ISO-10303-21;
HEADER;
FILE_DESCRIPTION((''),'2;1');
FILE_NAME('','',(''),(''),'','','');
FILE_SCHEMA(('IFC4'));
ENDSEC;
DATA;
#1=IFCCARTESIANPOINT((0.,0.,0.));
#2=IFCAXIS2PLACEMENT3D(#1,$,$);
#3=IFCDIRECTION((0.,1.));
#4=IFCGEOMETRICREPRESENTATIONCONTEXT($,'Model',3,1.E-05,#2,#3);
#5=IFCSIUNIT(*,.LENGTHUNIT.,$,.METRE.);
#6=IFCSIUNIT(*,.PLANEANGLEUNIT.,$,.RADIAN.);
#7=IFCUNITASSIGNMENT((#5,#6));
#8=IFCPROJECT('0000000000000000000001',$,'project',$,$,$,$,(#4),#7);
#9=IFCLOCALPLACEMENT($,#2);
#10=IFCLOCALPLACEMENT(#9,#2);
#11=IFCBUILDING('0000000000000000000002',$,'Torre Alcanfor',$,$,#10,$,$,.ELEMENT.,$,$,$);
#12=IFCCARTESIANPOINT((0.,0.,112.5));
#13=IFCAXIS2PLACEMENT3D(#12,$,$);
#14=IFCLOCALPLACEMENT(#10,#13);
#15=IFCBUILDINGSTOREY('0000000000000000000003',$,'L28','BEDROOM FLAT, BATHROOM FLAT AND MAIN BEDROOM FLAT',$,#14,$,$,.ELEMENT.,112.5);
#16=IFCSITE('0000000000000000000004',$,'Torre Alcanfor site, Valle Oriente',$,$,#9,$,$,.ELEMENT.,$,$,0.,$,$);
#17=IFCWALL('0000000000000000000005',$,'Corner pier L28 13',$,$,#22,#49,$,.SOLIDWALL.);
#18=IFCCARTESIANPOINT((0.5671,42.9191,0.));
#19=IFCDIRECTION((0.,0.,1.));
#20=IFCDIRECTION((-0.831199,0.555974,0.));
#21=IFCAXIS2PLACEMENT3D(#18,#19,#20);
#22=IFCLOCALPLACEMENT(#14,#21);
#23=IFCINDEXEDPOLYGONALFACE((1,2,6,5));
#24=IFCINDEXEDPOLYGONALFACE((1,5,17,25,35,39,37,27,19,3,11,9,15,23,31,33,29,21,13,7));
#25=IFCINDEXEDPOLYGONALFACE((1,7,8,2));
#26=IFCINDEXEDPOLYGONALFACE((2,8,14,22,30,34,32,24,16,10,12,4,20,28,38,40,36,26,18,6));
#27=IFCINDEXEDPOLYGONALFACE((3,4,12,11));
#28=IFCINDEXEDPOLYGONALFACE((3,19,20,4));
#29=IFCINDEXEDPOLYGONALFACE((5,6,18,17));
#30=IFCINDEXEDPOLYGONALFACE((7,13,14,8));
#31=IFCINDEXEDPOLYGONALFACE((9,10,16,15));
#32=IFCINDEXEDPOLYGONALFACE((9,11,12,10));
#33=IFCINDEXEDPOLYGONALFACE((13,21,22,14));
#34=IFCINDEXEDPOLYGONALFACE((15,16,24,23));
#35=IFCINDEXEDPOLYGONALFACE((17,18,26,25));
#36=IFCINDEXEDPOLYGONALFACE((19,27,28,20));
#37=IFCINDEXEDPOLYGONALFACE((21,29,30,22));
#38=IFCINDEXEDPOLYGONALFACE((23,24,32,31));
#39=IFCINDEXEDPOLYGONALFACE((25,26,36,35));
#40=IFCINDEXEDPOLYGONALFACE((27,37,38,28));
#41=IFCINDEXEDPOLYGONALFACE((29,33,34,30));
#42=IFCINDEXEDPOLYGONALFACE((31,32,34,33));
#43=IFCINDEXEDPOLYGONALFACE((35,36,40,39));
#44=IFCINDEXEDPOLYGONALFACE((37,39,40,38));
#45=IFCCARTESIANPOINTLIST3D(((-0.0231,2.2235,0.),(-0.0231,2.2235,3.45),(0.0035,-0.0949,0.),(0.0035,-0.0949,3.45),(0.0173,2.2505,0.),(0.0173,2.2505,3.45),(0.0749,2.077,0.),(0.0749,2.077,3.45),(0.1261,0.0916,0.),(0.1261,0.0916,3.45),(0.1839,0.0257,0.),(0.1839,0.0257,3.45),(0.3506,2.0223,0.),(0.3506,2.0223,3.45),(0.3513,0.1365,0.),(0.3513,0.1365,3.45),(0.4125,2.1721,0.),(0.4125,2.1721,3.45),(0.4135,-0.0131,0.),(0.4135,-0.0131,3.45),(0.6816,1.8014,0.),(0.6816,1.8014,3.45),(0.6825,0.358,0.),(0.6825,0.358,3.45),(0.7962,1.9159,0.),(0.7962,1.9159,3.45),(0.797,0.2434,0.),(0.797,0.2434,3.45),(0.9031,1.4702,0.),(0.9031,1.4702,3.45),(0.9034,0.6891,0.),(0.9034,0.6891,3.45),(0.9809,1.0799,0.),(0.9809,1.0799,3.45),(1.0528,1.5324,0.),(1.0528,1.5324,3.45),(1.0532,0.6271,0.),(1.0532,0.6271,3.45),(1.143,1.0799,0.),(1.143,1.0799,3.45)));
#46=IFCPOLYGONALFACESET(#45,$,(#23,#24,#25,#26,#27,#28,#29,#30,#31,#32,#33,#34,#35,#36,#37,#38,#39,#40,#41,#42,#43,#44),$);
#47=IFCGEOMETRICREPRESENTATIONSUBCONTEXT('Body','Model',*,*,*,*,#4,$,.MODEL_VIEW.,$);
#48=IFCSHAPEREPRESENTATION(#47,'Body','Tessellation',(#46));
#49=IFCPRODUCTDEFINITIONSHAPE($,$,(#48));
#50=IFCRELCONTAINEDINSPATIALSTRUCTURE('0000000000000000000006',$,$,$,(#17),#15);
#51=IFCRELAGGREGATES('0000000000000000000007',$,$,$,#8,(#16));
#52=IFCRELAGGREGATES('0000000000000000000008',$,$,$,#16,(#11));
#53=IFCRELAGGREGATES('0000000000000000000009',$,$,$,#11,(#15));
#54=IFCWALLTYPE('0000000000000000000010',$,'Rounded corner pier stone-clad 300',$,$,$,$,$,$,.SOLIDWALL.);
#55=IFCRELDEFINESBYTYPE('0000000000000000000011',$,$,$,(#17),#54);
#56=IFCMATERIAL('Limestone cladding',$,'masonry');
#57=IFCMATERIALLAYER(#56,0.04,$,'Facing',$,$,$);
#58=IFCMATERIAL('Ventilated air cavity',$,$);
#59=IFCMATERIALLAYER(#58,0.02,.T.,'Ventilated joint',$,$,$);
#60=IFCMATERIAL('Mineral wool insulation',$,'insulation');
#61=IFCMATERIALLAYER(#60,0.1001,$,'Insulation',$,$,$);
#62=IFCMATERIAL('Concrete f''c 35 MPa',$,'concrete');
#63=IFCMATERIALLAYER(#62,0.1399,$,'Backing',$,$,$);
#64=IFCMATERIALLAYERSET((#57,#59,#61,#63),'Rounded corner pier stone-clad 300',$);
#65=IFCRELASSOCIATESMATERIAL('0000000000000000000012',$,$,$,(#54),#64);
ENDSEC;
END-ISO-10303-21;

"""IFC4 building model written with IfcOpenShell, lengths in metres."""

from ifc_helpers import new_model, si_unit, direction, frame, origin, place, context, subcontext, project, spatial, polyline, outline, extrude, material, layer, layer_set, type_object, element, save


model = new_model("IFC4")

# Units and contexts
model_context = context("Model", 3, precision=1e-05, world=origin(), true_north=direction((0.0, 1.0)))
body_context = subcontext(model_context, "Body", "Model", "MODEL_VIEW")
ifc_project = project(units=[si_unit("LENGTHUNIT", "METRE"), si_unit("PLANEANGLEUNIT", "RADIAN")], contexts=[model_context])

# Site, building, storey
site_placement = place(None, origin())
site = spatial("IfcSite", under=ifc_project, at=site_placement, Name="Torre Alcanfor site, Valle Oriente", CompositionType="ELEMENT", RefElevation=0.0)
building_placement = place(site_placement, origin())
building = spatial("IfcBuilding", under=site, at=building_placement, Name="Torre Alcanfor", CompositionType="ELEMENT")
storey_placement = place(building_placement, frame((0.0, 0.0, 112.5)))
storey = spatial("IfcBuildingStorey", under=building, at=storey_placement, Name="L28", Description="BEDROOM FLAT, BATHROOM FLAT AND MAIN BEDROOM FLAT", CompositionType="ELEMENT", Elevation=112.5)

# Wall
ifc_material_1 = material(Name="Limestone cladding", Category="masonry")
ifc_layer_1 = layer(ifc_material_1, 0.04, Name="Facing")
ifc_material_2 = material(Name="Ventilated air cavity")
ifc_layer_2 = layer(ifc_material_2, 0.02, ventilated=True, Name="Ventilated joint")
ifc_material_3 = material(Name="Mineral wool insulation", Category="insulation")
ifc_layer_3 = layer(ifc_material_3, 0.1001, Name="Insulation")
ifc_material_4 = material(Name="Concrete f'c 35 MPa", Category="concrete")
ifc_layer_4 = layer(ifc_material_4, 0.1399, Name="Backing")
ifc_layer_set_1 = layer_set([ifc_layer_1, ifc_layer_2, ifc_layer_3, ifc_layer_4], Name="Rounded corner pier stone-clad 300")
wall_type_1 = type_object("IfcWallType", Name="Rounded corner pier stone-clad 300", PredefinedType="SOLIDWALL", material=ifc_layer_set_1)
wall_1_placement = place(storey_placement, frame((0.5671, 42.9191, 0.0), z_axis=(0.0, 0.0, 1.0), x_axis=(-0.831199, 0.555974, 0.0)))
element("IfcWall", 1, at=wall_1_placement, inside=storey, type_object=wall_type_1, Name="Corner pier L28 13", PredefinedType="SOLIDWALL", context=body_context, shape_type="SweptSolid", body=[
    extrude(outline(polyline([(0.0035, -0.0949), (0.4135, -0.0131), (0.797, 0.2434), (1.0532, 0.6271), (1.143, 1.0799), (1.0528, 1.5324), (0.7962, 1.9159), (0.4125, 2.1721), (0.0173, 2.2505), (-0.0231, 2.2235), (0.0749, 2.077), (0.3506, 2.0223), (0.6816, 1.8014), (0.9031, 1.4702), (0.9809, 1.0799), (0.9034, 0.6891), (0.6825, 0.358), (0.3513, 0.1365), (0.1261, 0.0916), (0.1839, 0.0257), (0.0035, -0.0949)])), origin(), (0.0, 0.0, 1.0), 3.45),
])

save(model, "model.ifc")
